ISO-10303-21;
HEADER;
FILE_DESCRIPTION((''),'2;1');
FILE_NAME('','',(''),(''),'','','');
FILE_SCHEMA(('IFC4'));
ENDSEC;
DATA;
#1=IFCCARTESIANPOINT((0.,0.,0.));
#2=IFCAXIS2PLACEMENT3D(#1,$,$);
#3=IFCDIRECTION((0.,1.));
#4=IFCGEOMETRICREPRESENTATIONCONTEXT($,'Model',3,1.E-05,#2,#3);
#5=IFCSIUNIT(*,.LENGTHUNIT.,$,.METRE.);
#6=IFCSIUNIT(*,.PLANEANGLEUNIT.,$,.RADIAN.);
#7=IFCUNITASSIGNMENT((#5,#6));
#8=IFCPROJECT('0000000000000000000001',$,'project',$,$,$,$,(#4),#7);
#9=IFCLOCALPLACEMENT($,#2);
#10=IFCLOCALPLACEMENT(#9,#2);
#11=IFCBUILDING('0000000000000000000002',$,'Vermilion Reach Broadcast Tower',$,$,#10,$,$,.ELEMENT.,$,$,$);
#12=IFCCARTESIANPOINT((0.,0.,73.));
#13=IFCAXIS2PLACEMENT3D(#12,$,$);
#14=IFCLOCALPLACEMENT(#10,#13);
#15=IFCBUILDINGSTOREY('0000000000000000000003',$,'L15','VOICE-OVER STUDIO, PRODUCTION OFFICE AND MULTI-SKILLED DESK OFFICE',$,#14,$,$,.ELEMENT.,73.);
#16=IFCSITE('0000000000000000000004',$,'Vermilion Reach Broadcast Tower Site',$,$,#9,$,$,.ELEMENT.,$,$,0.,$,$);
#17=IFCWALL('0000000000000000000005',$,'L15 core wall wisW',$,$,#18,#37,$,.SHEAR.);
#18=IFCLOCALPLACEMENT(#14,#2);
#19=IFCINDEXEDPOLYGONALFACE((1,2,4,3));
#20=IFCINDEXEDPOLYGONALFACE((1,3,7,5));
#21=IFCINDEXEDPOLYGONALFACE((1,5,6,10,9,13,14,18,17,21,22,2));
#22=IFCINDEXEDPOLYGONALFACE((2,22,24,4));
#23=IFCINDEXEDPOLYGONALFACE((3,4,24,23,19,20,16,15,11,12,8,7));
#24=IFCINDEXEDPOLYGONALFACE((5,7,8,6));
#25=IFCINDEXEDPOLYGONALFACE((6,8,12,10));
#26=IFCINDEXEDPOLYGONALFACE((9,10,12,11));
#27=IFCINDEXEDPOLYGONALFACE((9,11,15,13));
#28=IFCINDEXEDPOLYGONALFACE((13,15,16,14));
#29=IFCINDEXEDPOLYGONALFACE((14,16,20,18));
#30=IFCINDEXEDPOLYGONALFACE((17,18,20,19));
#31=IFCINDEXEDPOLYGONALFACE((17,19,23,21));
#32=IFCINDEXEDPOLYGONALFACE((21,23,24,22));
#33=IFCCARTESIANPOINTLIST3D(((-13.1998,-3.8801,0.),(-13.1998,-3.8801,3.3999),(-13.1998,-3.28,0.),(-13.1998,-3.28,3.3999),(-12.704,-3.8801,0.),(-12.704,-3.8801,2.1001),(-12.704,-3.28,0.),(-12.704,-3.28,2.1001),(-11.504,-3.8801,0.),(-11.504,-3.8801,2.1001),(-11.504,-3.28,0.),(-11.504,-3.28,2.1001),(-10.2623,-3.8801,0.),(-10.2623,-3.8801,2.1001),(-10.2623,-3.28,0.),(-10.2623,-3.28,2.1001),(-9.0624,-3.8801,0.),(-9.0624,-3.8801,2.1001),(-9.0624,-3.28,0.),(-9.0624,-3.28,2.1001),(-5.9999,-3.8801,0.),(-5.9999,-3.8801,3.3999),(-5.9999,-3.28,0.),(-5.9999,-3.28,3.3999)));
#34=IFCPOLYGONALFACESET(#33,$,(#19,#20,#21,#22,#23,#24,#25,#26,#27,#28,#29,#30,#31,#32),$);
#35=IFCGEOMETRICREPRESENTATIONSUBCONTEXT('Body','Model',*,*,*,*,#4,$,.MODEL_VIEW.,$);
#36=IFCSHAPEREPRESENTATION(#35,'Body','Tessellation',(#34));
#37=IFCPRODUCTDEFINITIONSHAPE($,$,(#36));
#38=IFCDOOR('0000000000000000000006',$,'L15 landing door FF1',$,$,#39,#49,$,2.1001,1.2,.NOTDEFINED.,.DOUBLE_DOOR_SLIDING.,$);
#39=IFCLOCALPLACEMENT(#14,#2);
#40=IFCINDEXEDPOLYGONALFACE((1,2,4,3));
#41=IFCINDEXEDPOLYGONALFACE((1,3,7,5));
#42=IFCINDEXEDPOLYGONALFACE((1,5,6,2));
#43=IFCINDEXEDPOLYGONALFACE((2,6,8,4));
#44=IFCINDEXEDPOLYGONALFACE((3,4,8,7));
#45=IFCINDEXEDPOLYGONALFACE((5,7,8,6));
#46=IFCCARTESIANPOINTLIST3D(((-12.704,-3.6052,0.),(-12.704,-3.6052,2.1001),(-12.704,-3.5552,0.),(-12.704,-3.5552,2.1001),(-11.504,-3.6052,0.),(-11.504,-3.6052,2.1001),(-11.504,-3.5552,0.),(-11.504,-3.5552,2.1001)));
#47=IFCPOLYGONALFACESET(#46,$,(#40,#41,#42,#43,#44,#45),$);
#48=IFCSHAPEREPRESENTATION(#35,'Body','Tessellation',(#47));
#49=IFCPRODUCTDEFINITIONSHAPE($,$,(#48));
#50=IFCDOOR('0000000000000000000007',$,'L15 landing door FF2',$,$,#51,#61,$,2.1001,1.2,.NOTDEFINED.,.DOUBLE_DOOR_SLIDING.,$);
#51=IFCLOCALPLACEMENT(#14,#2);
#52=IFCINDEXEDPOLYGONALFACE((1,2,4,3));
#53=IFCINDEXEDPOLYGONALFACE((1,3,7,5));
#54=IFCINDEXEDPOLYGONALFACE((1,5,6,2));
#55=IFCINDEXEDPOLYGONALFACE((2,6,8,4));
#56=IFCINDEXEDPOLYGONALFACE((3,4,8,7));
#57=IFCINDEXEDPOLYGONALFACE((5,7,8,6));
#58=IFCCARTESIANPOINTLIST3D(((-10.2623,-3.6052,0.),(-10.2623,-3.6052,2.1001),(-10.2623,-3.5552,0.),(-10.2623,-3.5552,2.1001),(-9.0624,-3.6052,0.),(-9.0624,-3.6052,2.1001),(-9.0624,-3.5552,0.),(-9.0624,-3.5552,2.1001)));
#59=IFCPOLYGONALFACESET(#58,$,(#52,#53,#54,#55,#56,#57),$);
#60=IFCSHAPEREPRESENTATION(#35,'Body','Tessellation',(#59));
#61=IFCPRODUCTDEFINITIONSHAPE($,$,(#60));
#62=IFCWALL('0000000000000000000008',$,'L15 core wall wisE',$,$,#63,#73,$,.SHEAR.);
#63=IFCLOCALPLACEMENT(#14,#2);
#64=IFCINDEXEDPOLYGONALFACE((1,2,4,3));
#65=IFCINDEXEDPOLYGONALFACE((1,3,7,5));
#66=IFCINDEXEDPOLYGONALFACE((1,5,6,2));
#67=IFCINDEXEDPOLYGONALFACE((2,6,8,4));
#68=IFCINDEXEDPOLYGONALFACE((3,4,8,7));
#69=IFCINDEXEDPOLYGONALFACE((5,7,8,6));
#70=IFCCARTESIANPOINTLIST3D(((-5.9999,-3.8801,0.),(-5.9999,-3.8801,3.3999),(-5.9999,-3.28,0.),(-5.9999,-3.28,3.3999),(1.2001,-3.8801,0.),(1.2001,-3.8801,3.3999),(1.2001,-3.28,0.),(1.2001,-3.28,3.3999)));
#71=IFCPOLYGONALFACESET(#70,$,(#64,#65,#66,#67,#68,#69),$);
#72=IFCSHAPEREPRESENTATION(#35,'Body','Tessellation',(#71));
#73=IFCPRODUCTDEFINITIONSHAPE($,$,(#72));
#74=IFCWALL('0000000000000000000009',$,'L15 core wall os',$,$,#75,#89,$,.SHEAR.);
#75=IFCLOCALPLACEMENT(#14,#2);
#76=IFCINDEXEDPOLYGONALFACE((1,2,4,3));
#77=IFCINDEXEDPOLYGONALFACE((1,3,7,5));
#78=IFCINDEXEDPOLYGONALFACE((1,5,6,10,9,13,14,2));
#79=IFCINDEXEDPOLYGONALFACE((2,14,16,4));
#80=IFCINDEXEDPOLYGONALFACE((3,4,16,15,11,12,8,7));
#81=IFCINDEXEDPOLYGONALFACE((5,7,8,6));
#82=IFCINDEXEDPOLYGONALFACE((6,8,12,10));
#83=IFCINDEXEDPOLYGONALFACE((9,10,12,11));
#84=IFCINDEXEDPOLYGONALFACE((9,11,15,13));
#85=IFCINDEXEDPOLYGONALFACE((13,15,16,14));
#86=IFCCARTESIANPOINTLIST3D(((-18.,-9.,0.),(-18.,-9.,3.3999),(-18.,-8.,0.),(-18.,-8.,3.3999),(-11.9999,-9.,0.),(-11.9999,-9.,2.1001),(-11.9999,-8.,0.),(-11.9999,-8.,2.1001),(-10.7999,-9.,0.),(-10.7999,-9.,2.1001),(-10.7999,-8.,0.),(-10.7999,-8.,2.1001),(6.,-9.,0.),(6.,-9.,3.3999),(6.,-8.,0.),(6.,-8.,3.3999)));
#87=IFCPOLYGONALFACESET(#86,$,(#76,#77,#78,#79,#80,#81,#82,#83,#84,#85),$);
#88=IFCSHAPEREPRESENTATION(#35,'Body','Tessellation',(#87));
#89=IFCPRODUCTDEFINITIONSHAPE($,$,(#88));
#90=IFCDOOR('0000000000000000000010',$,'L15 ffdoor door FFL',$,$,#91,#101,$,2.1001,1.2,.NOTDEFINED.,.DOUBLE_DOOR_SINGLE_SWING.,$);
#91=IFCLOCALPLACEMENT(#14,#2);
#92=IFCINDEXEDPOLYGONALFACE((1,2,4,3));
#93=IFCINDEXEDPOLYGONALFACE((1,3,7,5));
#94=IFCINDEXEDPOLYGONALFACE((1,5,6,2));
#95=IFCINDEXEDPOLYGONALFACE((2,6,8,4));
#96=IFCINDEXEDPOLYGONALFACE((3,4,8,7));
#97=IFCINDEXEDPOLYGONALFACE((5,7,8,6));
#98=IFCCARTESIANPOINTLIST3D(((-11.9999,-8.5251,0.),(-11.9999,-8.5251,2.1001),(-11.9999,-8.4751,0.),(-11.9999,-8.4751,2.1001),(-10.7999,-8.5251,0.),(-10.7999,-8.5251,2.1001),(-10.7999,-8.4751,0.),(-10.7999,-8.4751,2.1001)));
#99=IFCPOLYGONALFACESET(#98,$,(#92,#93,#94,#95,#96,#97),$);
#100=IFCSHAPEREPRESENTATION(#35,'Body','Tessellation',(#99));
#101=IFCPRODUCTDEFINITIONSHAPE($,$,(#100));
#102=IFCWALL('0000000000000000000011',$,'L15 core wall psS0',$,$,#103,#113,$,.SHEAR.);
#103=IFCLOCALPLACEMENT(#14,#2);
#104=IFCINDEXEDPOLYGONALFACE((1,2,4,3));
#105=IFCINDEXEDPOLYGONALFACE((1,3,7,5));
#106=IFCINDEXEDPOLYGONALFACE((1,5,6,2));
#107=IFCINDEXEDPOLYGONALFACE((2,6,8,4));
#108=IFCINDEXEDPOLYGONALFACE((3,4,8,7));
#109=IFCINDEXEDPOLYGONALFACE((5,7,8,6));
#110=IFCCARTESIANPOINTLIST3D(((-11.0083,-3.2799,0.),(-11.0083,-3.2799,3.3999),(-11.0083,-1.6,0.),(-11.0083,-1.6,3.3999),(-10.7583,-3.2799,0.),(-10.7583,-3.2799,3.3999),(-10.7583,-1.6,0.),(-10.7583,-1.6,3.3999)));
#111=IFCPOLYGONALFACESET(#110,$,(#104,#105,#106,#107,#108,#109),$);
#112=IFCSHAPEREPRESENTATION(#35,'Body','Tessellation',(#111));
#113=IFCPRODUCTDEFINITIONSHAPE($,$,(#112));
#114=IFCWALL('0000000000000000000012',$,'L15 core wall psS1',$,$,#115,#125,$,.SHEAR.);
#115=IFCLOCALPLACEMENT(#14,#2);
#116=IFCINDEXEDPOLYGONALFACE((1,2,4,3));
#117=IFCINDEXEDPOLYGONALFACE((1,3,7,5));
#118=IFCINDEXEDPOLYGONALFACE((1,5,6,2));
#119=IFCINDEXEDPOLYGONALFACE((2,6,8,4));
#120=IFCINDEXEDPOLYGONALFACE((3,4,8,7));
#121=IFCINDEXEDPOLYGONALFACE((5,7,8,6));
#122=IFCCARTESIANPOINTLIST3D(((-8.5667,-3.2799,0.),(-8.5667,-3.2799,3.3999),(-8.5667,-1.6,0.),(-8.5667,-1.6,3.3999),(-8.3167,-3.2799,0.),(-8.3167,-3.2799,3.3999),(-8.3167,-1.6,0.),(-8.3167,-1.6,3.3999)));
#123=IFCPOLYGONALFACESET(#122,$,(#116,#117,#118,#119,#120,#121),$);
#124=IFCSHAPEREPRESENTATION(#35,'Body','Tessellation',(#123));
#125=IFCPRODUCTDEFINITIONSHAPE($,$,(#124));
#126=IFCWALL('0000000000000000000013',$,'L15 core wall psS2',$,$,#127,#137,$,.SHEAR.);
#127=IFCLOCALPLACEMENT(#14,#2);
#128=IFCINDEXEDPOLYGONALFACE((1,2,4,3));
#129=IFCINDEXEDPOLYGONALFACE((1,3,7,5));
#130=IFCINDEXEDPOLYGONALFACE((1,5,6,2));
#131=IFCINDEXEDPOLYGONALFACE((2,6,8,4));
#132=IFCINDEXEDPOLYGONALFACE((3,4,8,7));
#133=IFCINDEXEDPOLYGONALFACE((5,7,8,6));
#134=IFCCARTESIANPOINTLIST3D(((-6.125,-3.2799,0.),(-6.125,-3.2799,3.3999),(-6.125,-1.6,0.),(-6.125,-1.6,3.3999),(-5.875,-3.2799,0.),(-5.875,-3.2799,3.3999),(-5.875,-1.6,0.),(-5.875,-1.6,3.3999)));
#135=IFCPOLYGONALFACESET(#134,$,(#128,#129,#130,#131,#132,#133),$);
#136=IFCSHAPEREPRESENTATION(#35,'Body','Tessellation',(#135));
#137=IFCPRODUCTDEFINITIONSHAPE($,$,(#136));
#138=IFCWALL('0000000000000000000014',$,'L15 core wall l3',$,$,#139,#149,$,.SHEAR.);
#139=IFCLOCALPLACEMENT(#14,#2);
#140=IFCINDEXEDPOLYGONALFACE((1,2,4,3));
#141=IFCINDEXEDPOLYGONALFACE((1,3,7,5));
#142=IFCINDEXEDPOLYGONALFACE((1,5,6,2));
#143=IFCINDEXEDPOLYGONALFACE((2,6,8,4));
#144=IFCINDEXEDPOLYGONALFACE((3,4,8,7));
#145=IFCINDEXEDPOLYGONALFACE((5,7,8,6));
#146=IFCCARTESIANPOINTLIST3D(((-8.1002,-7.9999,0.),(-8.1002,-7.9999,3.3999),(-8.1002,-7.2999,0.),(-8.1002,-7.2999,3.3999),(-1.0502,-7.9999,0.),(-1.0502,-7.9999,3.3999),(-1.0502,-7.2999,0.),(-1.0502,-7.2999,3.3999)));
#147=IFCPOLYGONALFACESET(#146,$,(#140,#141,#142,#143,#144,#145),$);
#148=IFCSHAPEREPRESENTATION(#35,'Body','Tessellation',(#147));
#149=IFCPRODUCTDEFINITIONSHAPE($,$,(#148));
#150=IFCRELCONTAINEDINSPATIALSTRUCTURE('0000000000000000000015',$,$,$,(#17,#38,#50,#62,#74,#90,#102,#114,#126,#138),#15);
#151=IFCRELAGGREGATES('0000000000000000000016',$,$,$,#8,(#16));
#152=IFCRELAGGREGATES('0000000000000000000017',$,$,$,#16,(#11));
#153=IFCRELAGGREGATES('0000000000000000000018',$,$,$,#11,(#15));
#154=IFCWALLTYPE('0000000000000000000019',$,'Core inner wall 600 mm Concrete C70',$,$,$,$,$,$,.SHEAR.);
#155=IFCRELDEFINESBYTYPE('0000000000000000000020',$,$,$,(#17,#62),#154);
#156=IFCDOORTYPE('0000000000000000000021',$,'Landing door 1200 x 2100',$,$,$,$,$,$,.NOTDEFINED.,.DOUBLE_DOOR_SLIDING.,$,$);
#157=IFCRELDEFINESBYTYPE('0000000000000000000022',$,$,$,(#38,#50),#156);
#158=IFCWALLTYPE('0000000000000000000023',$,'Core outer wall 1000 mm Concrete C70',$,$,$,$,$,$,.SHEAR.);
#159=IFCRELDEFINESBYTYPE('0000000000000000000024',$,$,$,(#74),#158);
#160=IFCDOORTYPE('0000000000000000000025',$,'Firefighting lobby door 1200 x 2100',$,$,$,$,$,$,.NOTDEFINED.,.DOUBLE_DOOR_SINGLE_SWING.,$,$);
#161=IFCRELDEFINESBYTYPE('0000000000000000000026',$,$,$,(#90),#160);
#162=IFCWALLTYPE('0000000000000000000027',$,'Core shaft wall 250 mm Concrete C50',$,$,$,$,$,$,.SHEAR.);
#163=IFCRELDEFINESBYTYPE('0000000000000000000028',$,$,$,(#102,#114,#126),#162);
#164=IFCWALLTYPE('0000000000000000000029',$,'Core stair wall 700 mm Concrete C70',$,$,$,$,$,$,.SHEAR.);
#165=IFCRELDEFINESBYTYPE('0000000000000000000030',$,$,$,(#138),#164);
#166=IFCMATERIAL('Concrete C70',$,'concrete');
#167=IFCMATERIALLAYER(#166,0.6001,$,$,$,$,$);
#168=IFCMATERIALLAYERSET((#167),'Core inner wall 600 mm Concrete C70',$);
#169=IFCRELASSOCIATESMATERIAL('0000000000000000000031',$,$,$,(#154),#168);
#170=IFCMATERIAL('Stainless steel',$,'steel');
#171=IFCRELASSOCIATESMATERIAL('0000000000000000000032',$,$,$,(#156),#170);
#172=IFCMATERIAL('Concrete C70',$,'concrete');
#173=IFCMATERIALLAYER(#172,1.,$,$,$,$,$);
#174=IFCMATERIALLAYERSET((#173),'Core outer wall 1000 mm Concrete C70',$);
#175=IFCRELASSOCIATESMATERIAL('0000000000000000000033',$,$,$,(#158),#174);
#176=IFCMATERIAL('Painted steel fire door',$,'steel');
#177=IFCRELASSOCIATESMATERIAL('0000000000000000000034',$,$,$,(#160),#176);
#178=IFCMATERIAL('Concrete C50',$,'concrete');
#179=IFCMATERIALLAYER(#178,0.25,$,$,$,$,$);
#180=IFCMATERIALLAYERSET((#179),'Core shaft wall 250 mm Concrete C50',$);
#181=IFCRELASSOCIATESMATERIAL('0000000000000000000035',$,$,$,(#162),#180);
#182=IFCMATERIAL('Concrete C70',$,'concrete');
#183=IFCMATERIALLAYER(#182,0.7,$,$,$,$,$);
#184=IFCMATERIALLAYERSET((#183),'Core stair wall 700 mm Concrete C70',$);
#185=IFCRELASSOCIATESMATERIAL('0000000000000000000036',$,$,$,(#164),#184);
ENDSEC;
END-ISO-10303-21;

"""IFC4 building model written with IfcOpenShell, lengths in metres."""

from ifc_helpers import new_model, si_unit, direction, frame, frame_2d, origin, place, context, subcontext, project, spatial, rectangle, extrude, material, layer, layer_set, type_object, element, fill, save


model = new_model("IFC4")

# Units and contexts
model_context = context("Model", 3, precision=1e-05, world=origin(), true_north=direction((0.0, 1.0)))
body_context = subcontext(model_context, "Body", "Model", "MODEL_VIEW")
ifc_project = project(units=[si_unit("LENGTHUNIT", "METRE"), si_unit("PLANEANGLEUNIT", "RADIAN")], contexts=[model_context])

# Site, building, storey
site_placement = place(None, origin())
site = spatial("IfcSite", under=ifc_project, at=site_placement, Name="Vermilion Reach Broadcast Tower Site", CompositionType="ELEMENT", RefElevation=0.0)
building_placement = place(site_placement, origin())
building = spatial("IfcBuilding", under=site, at=building_placement, Name="Vermilion Reach Broadcast Tower", CompositionType="ELEMENT")
storey_placement = place(building_placement, frame((0.0, 0.0, 73.0)))
storey = spatial("IfcBuildingStorey", under=building, at=storey_placement, Name="L15", Description="VOICE-OVER STUDIO, PRODUCTION OFFICE AND MULTI-SKILLED DESK OFFICE", CompositionType="ELEMENT", Elevation=73.0)

# Wall, openings, doors
ifc_material_1 = material(Name="Concrete C70", Category="concrete")
ifc_layer_1 = layer(ifc_material_1, 0.6001)
ifc_layer_set_1 = layer_set([ifc_layer_1], Name="Core inner wall 600 mm Concrete C70")
wall_type_1 = type_object("IfcWallType", Name="Core inner wall 600 mm Concrete C70", PredefinedType="SHEAR", material=ifc_layer_set_1)
wall_1_placement = place(storey_placement, frame((-13.2, -3.5801, 0.0), z_axis=(0.0, 0.0, 1.0), x_axis=(1.0, 0.0, 0.0)))
wall_1 = element("IfcWall", 1, at=wall_1_placement, inside=storey, type_object=wall_type_1, Name="L15 core wall wisW", PredefinedType="SHEAR", context=body_context, shape_type="SweptSolid", body=[
    extrude(rectangle(XDim=7.2, YDim=0.6001, at=frame_2d((3.6001, 0.0))), origin(), (0.0, 0.0, 1.0), 3.3999),
])
opening_1_placement = place(wall_1_placement, frame((0.4958, 0.0, 0.0)))
opening_1 = element("IfcOpeningElement", 2, at=opening_1_placement, cuts=wall_1, PredefinedType="OPENING", context=body_context, shape_type="SweptSolid", body=[
    extrude(rectangle(XDim=1.2, YDim=2.1001, at=frame_2d((0.6001, 1.05))), frame((0.0, 0.3101, 0.0), z_axis=(0.0, -1.0, 0.0), x_axis=(1.0, 0.0, 0.0)), (0.0, 0.0, 1.0), 0.6201),
])
opening_2_placement = place(wall_1_placement, frame((2.9375, 0.0, 0.0)))
opening_2 = element("IfcOpeningElement", 3, at=opening_2_placement, cuts=wall_1, PredefinedType="OPENING", context=body_context, shape_type="SweptSolid", body=[
    extrude(rectangle(XDim=1.2, YDim=2.1001, at=frame_2d((0.6001, 1.05))), frame((0.0, 0.3101, 0.0), z_axis=(0.0, -1.0, 0.0), x_axis=(1.0, 0.0, 0.0)), (0.0, 0.0, 1.0), 0.6201),
])
ifc_material_2 = material(Name="Stainless steel", Category="steel")
door_type_1 = type_object("IfcDoorType", Name="Landing door 1200 x 2100", OperationType="DOUBLE_DOOR_SLIDING", PredefinedType="NOTDEFINED", material=ifc_material_2)
door_1_placement = place(opening_1_placement, origin())
door_1 = element("IfcDoor", 4, at=door_1_placement, inside=storey, type_object=door_type_1, Name="L15 landing door FF1", OperationType="DOUBLE_DOOR_SLIDING", OverallHeight=2.1001, OverallWidth=1.2, PredefinedType="NOTDEFINED", context=body_context, shape_type="SweptSolid", body=[
    extrude(rectangle(XDim=1.2, YDim=2.1001, at=frame_2d((0.6001, 1.05))), frame((0.0, 0.0249, 0.0), z_axis=(0.0, -1.0, 0.0), x_axis=(1.0, 0.0, 0.0)), (0.0, 0.0, 1.0), 0.05),
])
fill(opening_1, door_1)
door_2_placement = place(opening_2_placement, origin())
door_2 = element("IfcDoor", 5, at=door_2_placement, inside=storey, type_object=door_type_1, Name="L15 landing door FF2", OperationType="DOUBLE_DOOR_SLIDING", OverallHeight=2.1001, OverallWidth=1.2, PredefinedType="NOTDEFINED", context=body_context, shape_type="SweptSolid", body=[
    extrude(rectangle(XDim=1.2, YDim=2.1001, at=frame_2d((0.6001, 1.05))), frame((0.0, 0.0249, 0.0), z_axis=(0.0, -1.0, 0.0), x_axis=(1.0, 0.0, 0.0)), (0.0, 0.0, 1.0), 0.05),
])
fill(opening_2, door_2)

# Wall
wall_2_placement = place(storey_placement, frame((-6.0, -3.5801, 0.0), z_axis=(0.0, 0.0, 1.0), x_axis=(1.0, 0.0, 0.0)))
element("IfcWall", 6, at=wall_2_placement, inside=storey, type_object=wall_type_1, Name="L15 core wall wisE", PredefinedType="SHEAR", context=body_context, shape_type="SweptSolid", body=[
    extrude(rectangle(XDim=7.2, YDim=0.6001, at=frame_2d((3.6001, 0.0))), origin(), (0.0, 0.0, 1.0), 3.3999),
])

# Wall, opening, door
ifc_material_3 = material(Name="Concrete C70", Category="concrete")
ifc_layer_2 = layer(ifc_material_3, 1.0)
ifc_layer_set_2 = layer_set([ifc_layer_2], Name="Core outer wall 1000 mm Concrete C70")
wall_type_2 = type_object("IfcWallType", Name="Core outer wall 1000 mm Concrete C70", PredefinedType="SHEAR", material=ifc_layer_set_2)
wall_3_placement = place(storey_placement, frame((-18.0, -8.5, 0.0), z_axis=(0.0, 0.0, 1.0), x_axis=(1.0, 0.0, 0.0)))
wall_3 = element("IfcWall", 7, at=wall_3_placement, inside=storey, type_object=wall_type_2, Name="L15 core wall os", PredefinedType="SHEAR", context=body_context, shape_type="SweptSolid", body=[
    extrude(rectangle(XDim=24.0, YDim=1.0, at=frame_2d((12.0, 0.0))), origin(), (0.0, 0.0, 1.0), 3.3999),
])
opening_3_placement = place(wall_3_placement, frame((6.0, 0.0, 0.0)))
opening_3 = element("IfcOpeningElement", 8, at=opening_3_placement, cuts=wall_3, PredefinedType="OPENING", context=body_context, shape_type="SweptSolid", body=[
    extrude(rectangle(XDim=1.2, YDim=2.1001, at=frame_2d((0.6001, 1.05))), frame((0.0, 0.51, 0.0), z_axis=(0.0, -1.0, 0.0), x_axis=(1.0, 0.0, 0.0)), (0.0, 0.0, 1.0), 1.02),
])
ifc_material_4 = material(Name="Painted steel fire door", Category="steel")
door_type_2 = type_object("IfcDoorType", Name="Firefighting lobby door 1200 x 2100", OperationType="DOUBLE_DOOR_SINGLE_SWING", PredefinedType="NOTDEFINED", material=ifc_material_4)
door_3_placement = place(opening_3_placement, origin())
door_3 = element("IfcDoor", 9, at=door_3_placement, inside=storey, type_object=door_type_2, Name="L15 ffdoor door FFL", OperationType="DOUBLE_DOOR_SINGLE_SWING", OverallHeight=2.1001, OverallWidth=1.2, PredefinedType="NOTDEFINED", context=body_context, shape_type="SweptSolid", body=[
    extrude(rectangle(XDim=1.2, YDim=2.1001, at=frame_2d((0.6001, 1.05))), frame((0.0, 0.0249, 0.0), z_axis=(0.0, -1.0, 0.0), x_axis=(1.0, 0.0, 0.0)), (0.0, 0.0, 1.0), 0.05),
])
fill(opening_3, door_3)

# Walls
ifc_material_5 = material(Name="Concrete C50", Category="concrete")
ifc_layer_3 = layer(ifc_material_5, 0.25)
ifc_layer_set_3 = layer_set([ifc_layer_3], Name="Core shaft wall 250 mm Concrete C50")
wall_type_3 = type_object("IfcWallType", Name="Core shaft wall 250 mm Concrete C50", PredefinedType="SHEAR", material=ifc_layer_set_3)
for number, where, z_axis, x_axis, name in (
    (10, (-10.8833, -1.6001, 0.0), (0.0, 0.0, 1.0), (0.0, -1.0, 0.0), "L15 core wall psS0"),
    (11, (-8.4417, -1.6001, 0.0), (0.0, 0.0, 1.0), (0.0, -1.0, 0.0), "L15 core wall psS1"),
    (12, (-6.0, -1.6001, 0.0), (0.0, 0.0, 1.0), (0.0, -1.0, 0.0), "L15 core wall psS2"),
):
    element("IfcWall", number, at=place(storey_placement, frame(where, z_axis=z_axis, x_axis=x_axis)), inside=storey, type_object=wall_type_3, Name=name, PredefinedType="SHEAR", context=body_context, shape_type="SweptSolid", body=[
        extrude(rectangle(XDim=1.6799, YDim=0.25, at=frame_2d((0.8398, 0.0))), origin(), (0.0, 0.0, 1.0), 3.3999),
    ])
ifc_material_6 = material(Name="Concrete C70", Category="concrete")
ifc_layer_4 = layer(ifc_material_6, 0.7)
ifc_layer_set_4 = layer_set([ifc_layer_4], Name="Core stair wall 700 mm Concrete C70")
wall_type_4 = type_object("IfcWallType", Name="Core stair wall 700 mm Concrete C70", PredefinedType="SHEAR", material=ifc_layer_set_4)
wall_4_placement = place(storey_placement, frame((-8.1001, -7.6499, 0.0), z_axis=(0.0, 0.0, 1.0), x_axis=(1.0, 0.0, 0.0)))
element("IfcWall", 13, at=wall_4_placement, inside=storey, type_object=wall_type_4, Name="L15 core wall l3", PredefinedType="SHEAR", context=body_context, shape_type="SweptSolid", body=[
    extrude(rectangle(XDim=7.05, YDim=0.7, at=frame_2d((3.5249, 0.0))), origin(), (0.0, 0.0, 1.0), 3.3999),
])

save(model, "model.ifc")
